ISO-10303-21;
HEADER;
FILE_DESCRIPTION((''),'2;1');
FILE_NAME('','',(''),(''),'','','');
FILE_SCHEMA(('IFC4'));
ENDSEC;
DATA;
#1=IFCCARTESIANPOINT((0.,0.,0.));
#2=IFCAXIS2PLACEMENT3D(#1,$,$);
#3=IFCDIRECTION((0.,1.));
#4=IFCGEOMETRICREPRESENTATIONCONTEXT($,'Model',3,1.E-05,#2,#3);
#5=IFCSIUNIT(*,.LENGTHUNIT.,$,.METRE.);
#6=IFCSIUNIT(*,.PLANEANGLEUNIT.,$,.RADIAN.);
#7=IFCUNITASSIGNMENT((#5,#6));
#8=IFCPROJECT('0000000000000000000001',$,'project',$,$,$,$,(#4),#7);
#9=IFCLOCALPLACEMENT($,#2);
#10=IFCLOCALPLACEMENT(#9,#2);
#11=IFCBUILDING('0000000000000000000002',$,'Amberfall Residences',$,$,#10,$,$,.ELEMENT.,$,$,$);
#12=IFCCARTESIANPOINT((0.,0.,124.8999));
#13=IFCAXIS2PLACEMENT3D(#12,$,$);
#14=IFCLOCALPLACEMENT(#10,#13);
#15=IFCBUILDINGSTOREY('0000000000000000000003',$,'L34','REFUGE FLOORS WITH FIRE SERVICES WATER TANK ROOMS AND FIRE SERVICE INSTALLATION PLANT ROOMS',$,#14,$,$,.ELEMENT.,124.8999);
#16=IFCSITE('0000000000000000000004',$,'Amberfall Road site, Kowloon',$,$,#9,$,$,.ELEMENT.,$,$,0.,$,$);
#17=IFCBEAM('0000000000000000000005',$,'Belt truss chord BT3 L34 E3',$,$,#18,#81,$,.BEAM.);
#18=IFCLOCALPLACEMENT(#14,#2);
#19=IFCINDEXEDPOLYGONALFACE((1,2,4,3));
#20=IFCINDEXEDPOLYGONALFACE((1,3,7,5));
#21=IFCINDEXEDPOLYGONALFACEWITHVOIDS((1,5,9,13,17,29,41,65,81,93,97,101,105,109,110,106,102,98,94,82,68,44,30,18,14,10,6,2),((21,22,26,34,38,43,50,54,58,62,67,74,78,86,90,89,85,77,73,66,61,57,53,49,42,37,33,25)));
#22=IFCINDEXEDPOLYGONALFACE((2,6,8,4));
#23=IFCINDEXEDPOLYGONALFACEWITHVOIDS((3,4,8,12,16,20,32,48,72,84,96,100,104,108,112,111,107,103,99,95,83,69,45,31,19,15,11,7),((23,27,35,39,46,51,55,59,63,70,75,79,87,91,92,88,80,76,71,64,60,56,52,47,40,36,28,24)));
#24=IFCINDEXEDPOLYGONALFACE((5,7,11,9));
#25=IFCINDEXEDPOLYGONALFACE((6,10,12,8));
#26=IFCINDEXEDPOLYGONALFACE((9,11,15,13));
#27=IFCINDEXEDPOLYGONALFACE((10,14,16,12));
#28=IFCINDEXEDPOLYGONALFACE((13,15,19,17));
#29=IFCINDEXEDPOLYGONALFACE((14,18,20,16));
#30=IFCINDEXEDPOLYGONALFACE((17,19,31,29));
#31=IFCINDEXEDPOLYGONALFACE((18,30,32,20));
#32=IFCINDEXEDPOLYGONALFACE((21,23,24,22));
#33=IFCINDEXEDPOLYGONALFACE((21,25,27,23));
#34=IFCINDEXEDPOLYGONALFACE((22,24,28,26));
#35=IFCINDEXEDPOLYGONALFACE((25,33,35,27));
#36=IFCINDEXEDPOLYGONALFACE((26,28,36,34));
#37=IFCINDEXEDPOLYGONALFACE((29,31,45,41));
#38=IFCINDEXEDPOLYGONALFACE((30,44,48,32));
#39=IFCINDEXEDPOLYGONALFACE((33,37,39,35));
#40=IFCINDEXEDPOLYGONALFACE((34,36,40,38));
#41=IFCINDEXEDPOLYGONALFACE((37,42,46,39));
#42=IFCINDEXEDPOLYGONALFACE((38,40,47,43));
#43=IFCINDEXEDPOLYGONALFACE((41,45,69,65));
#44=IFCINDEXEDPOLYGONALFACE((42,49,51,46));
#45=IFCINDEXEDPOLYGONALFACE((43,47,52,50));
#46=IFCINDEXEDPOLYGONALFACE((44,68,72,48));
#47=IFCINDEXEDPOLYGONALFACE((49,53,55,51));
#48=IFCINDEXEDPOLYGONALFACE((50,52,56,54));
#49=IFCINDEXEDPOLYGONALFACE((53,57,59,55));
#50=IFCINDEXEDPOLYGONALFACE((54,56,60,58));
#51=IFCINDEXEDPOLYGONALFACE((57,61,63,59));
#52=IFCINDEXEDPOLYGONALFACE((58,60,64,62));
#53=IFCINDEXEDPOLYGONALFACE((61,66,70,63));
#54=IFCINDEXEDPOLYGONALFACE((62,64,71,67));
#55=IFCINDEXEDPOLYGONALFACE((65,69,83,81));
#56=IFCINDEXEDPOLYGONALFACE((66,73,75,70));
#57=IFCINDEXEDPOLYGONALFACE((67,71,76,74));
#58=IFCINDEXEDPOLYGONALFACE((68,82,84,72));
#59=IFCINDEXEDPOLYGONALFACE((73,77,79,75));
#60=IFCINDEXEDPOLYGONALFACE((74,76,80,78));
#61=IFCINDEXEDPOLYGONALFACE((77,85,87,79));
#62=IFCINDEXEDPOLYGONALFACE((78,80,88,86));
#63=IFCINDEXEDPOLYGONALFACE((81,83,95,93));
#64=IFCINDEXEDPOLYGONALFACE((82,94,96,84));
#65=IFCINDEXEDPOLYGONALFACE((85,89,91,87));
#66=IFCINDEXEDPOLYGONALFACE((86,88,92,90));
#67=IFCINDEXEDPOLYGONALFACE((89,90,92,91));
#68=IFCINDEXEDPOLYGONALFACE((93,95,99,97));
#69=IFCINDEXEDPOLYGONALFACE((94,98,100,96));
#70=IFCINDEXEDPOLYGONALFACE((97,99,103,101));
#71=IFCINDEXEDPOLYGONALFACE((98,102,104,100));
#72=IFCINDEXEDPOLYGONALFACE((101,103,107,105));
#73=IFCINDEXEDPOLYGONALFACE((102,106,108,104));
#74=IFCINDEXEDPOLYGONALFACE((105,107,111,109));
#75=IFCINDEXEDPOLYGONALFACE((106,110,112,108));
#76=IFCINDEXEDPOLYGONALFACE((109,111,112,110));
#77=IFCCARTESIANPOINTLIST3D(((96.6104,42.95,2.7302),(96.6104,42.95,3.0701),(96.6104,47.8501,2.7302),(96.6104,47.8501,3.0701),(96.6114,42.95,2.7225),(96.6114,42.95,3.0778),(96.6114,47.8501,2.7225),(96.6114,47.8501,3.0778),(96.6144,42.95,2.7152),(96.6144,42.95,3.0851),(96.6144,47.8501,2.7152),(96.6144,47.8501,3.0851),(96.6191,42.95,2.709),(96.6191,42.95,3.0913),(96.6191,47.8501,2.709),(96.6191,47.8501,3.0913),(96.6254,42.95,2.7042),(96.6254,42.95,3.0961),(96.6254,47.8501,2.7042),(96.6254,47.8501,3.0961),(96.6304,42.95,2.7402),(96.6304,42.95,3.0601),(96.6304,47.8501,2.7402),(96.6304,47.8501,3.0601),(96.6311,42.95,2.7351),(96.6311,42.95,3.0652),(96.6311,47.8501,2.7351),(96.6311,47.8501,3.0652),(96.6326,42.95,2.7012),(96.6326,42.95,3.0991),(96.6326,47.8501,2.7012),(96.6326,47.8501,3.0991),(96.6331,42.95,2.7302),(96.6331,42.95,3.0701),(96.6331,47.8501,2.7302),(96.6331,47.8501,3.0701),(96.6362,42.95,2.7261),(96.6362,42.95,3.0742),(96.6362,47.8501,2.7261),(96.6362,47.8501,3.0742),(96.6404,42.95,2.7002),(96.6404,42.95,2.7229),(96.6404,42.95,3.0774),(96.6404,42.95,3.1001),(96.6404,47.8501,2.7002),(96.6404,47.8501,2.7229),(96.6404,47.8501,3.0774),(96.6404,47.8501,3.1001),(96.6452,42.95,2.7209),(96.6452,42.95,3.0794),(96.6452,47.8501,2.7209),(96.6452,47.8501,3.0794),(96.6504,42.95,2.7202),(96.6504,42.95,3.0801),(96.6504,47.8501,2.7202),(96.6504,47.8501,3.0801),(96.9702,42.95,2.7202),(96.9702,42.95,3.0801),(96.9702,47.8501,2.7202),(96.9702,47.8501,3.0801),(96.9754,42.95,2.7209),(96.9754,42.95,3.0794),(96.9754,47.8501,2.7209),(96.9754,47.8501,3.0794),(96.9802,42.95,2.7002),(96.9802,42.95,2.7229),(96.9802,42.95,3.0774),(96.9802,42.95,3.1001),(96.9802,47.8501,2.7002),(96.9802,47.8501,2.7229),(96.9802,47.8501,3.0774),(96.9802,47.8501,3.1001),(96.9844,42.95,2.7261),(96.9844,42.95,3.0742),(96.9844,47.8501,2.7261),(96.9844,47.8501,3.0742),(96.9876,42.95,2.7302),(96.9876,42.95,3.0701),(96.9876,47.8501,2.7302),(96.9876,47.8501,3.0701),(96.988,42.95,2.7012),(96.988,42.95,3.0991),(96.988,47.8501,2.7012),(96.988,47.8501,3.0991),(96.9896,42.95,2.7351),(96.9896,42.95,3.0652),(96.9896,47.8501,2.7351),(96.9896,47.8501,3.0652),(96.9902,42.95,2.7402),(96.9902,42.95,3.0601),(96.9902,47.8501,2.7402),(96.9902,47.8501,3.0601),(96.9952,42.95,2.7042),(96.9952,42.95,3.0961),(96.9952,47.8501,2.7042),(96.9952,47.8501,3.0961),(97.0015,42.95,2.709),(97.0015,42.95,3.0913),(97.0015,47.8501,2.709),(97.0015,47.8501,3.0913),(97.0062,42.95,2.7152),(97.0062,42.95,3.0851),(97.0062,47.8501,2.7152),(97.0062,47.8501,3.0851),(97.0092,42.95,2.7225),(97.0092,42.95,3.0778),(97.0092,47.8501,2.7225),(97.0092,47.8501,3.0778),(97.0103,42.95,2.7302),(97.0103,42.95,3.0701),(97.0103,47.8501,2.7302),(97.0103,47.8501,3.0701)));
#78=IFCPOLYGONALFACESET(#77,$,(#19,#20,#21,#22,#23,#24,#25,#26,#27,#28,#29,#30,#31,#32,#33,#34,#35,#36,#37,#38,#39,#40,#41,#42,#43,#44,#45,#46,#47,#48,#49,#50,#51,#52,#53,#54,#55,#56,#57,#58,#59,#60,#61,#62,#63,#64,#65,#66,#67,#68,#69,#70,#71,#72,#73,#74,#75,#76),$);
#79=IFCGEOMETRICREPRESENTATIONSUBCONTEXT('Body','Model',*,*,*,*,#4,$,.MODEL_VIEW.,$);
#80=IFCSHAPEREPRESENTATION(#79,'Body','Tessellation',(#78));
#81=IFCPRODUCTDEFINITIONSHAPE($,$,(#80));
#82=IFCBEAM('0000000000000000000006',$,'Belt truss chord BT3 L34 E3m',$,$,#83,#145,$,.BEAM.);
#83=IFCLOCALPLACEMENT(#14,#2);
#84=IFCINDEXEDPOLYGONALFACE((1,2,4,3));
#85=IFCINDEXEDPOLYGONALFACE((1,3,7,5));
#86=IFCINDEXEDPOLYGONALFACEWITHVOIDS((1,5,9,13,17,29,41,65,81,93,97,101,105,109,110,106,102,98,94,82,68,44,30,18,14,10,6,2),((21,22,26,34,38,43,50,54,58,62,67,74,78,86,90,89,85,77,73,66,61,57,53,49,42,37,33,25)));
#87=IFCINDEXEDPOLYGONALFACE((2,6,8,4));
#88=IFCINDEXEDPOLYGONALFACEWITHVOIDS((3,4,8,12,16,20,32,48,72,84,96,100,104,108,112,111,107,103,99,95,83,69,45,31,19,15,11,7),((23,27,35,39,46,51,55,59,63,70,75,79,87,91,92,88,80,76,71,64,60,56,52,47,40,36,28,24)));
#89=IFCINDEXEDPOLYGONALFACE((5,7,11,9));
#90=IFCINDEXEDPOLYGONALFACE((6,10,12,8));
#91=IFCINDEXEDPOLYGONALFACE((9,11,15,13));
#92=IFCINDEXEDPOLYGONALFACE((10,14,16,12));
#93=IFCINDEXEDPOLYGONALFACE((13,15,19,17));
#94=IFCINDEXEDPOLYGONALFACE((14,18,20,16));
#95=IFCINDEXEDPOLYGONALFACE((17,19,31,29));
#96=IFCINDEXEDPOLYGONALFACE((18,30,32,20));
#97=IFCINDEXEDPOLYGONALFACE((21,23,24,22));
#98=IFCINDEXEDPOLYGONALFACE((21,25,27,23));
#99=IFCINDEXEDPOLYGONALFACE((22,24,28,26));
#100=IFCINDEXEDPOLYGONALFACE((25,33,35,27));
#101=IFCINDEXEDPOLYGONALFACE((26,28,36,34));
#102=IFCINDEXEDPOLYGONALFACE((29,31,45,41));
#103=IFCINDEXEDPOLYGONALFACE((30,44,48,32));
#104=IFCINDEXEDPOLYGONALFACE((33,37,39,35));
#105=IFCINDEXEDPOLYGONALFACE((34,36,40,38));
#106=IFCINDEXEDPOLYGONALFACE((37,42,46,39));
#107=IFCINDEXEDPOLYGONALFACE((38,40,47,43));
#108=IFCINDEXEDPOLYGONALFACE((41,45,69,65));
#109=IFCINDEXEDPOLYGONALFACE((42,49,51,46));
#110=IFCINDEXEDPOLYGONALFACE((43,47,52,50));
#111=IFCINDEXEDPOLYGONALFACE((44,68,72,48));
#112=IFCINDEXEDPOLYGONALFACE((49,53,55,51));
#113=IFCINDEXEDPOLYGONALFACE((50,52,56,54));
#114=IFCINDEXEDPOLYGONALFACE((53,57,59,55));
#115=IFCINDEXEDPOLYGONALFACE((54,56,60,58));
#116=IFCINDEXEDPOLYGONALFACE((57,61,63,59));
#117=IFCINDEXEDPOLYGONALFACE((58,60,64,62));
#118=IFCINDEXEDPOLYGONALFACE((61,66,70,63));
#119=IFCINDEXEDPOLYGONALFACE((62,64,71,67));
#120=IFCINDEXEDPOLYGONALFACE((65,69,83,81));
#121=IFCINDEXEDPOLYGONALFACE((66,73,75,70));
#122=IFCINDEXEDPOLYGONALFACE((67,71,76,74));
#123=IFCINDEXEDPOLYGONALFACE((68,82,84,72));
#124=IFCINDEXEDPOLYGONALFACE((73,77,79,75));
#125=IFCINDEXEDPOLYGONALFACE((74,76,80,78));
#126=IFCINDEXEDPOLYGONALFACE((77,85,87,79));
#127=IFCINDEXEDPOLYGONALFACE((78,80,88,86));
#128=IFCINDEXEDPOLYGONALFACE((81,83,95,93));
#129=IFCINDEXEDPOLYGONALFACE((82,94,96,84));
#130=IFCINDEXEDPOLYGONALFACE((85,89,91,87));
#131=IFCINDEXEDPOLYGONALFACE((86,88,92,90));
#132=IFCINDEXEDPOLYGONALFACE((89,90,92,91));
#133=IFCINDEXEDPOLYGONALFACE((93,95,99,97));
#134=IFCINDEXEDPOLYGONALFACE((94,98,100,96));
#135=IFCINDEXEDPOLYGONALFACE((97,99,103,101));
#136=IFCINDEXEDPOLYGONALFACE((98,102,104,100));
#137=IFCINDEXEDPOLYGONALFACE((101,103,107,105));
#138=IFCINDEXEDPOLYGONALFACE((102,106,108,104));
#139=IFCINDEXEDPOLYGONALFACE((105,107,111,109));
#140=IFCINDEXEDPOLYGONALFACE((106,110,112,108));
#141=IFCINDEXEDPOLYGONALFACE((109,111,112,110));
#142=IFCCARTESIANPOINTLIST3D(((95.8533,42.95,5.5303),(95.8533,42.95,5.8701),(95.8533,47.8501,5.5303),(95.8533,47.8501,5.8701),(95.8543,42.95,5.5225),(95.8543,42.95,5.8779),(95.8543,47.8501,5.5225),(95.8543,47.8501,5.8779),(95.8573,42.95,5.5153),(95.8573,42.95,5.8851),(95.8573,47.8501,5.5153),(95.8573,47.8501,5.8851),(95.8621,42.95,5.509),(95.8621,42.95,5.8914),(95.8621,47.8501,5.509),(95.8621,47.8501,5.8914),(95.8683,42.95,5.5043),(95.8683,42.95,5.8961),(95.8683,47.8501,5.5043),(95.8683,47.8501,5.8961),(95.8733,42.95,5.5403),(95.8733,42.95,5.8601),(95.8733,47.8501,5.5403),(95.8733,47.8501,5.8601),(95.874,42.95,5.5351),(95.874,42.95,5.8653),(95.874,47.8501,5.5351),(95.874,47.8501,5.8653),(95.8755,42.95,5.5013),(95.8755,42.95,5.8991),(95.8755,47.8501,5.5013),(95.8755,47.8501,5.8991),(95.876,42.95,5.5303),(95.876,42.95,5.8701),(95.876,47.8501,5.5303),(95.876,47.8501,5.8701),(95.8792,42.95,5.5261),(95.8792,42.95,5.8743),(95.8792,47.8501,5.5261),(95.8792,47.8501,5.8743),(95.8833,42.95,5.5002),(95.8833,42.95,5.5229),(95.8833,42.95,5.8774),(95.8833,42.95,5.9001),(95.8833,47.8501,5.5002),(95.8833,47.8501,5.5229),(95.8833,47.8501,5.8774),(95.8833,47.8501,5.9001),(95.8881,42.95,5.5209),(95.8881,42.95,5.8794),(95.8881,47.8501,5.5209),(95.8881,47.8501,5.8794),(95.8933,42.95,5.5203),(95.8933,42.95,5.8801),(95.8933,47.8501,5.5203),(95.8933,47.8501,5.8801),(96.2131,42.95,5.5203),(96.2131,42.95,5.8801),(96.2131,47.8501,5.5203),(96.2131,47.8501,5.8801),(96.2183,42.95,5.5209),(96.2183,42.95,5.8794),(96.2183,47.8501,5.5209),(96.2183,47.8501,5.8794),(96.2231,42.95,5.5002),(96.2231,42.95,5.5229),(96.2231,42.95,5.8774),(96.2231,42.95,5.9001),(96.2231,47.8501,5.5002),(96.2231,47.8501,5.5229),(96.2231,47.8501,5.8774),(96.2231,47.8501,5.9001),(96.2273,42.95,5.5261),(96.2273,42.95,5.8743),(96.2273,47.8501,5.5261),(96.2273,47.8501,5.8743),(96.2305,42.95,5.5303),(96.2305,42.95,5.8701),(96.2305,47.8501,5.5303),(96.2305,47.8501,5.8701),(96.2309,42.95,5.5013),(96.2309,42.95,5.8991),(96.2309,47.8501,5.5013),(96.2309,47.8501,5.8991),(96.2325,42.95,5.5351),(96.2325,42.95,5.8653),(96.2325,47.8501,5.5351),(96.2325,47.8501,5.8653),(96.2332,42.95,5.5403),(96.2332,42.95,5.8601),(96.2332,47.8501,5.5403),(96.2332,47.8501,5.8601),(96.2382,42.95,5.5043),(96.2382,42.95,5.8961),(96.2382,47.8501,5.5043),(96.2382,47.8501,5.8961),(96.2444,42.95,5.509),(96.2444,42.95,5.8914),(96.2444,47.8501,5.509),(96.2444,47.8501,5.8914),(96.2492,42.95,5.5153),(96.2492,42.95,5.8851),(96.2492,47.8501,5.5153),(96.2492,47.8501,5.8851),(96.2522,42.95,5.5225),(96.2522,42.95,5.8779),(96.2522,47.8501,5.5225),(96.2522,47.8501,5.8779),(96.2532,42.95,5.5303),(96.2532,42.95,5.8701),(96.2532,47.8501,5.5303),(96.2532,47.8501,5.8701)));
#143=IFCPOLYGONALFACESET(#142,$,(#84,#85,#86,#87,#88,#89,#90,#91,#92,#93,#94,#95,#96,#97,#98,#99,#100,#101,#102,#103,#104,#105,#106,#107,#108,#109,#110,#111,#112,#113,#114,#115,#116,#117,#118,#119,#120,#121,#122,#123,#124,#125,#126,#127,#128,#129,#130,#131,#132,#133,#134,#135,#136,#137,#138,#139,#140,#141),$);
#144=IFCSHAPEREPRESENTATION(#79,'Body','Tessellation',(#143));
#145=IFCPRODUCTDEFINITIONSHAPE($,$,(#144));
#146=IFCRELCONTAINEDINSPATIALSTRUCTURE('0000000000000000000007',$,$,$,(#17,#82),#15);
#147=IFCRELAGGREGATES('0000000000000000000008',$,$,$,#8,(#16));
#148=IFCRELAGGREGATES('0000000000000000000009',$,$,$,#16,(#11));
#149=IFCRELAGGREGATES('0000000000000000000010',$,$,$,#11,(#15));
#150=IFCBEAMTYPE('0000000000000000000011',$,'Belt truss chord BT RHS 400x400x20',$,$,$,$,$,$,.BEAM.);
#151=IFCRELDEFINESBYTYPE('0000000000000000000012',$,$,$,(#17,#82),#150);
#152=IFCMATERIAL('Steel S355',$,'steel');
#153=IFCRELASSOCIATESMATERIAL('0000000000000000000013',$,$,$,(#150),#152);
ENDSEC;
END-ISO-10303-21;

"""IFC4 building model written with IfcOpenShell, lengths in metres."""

from ifc_helpers import new_model, si_unit, direction, frame, origin, origin_2d, place, context, subcontext, project, spatial, hollow_rectangle, extrude, material, material_profile, profile_set, type_object, element, save


model = new_model("IFC4")

# Units and contexts
model_context = context("Model", 3, precision=1e-05, world=origin(), true_north=direction((0.0, 1.0)))
body_context = subcontext(model_context, "Body", "Model", "MODEL_VIEW")
ifc_project = project(units=[si_unit("LENGTHUNIT", "METRE"), si_unit("PLANEANGLEUNIT", "RADIAN")], contexts=[model_context])

# Site, building, storey
site_placement = place(None, origin())
site = spatial("IfcSite", under=ifc_project, at=site_placement, Name="Amberfall Road site, Kowloon", CompositionType="ELEMENT", RefElevation=0.0)
building_placement = place(site_placement, origin())
building = spatial("IfcBuilding", under=site, at=building_placement, Name="Amberfall Residences", CompositionType="ELEMENT")
storey_placement = place(building_placement, frame((0.0, 0.0, 124.8999)))
storey = spatial("IfcBuildingStorey", under=building, at=storey_placement, Name="L34", Description="REFUGE FLOORS WITH FIRE SERVICES WATER TANK ROOMS AND FIRE SERVICE INSTALLATION PLANT ROOMS", CompositionType="ELEMENT", Elevation=124.8999)

# Beams
ifc_material_1 = material(Name="Steel S355", Category="steel")
ifc_material_profile_1 = material_profile(ifc_material_1, hollow_rectangle(XDim=0.3999, YDim=0.3999, WallThickness=0.02, InnerFilletRadius=0.02, OuterFilletRadius=0.03, at=origin_2d()), Name="RHS 400x400x20")
ifc_profile_set_1 = profile_set([ifc_material_profile_1], Name="Steel S355")
beam_type_1 = type_object("IfcBeamType", Name="Belt truss chord BT RHS 400x400x20", PredefinedType="BEAM", material=ifc_profile_set_1)
for number, where, z_axis, x_axis, name in (
    (1, (96.8103, 42.95, 2.9001), (0.0, 1.0, 0.0), (-1.0, 0.0, 0.0), "Belt truss chord BT3 L34 E3"),
    (2, (96.0532, 42.95, 5.7002), (0.0, 1.0, 0.0), (-1.0, 0.0, 0.0), "Belt truss chord BT3 L34 E3m"),
):
    element("IfcBeam", number, at=place(storey_placement, frame(where, z_axis=z_axis, x_axis=x_axis)), inside=storey, type_object=beam_type_1, Name=name, PredefinedType="BEAM", context=body_context, shape_type="SweptSolid", body=[
        extrude(hollow_rectangle(XDim=0.3999, YDim=0.3999, WallThickness=0.02, InnerFilletRadius=0.02, OuterFilletRadius=0.03, at=origin_2d()), origin(), (0.0, 0.0, 1.0), 4.9001),
    ])

save(model, "model.ifc")
